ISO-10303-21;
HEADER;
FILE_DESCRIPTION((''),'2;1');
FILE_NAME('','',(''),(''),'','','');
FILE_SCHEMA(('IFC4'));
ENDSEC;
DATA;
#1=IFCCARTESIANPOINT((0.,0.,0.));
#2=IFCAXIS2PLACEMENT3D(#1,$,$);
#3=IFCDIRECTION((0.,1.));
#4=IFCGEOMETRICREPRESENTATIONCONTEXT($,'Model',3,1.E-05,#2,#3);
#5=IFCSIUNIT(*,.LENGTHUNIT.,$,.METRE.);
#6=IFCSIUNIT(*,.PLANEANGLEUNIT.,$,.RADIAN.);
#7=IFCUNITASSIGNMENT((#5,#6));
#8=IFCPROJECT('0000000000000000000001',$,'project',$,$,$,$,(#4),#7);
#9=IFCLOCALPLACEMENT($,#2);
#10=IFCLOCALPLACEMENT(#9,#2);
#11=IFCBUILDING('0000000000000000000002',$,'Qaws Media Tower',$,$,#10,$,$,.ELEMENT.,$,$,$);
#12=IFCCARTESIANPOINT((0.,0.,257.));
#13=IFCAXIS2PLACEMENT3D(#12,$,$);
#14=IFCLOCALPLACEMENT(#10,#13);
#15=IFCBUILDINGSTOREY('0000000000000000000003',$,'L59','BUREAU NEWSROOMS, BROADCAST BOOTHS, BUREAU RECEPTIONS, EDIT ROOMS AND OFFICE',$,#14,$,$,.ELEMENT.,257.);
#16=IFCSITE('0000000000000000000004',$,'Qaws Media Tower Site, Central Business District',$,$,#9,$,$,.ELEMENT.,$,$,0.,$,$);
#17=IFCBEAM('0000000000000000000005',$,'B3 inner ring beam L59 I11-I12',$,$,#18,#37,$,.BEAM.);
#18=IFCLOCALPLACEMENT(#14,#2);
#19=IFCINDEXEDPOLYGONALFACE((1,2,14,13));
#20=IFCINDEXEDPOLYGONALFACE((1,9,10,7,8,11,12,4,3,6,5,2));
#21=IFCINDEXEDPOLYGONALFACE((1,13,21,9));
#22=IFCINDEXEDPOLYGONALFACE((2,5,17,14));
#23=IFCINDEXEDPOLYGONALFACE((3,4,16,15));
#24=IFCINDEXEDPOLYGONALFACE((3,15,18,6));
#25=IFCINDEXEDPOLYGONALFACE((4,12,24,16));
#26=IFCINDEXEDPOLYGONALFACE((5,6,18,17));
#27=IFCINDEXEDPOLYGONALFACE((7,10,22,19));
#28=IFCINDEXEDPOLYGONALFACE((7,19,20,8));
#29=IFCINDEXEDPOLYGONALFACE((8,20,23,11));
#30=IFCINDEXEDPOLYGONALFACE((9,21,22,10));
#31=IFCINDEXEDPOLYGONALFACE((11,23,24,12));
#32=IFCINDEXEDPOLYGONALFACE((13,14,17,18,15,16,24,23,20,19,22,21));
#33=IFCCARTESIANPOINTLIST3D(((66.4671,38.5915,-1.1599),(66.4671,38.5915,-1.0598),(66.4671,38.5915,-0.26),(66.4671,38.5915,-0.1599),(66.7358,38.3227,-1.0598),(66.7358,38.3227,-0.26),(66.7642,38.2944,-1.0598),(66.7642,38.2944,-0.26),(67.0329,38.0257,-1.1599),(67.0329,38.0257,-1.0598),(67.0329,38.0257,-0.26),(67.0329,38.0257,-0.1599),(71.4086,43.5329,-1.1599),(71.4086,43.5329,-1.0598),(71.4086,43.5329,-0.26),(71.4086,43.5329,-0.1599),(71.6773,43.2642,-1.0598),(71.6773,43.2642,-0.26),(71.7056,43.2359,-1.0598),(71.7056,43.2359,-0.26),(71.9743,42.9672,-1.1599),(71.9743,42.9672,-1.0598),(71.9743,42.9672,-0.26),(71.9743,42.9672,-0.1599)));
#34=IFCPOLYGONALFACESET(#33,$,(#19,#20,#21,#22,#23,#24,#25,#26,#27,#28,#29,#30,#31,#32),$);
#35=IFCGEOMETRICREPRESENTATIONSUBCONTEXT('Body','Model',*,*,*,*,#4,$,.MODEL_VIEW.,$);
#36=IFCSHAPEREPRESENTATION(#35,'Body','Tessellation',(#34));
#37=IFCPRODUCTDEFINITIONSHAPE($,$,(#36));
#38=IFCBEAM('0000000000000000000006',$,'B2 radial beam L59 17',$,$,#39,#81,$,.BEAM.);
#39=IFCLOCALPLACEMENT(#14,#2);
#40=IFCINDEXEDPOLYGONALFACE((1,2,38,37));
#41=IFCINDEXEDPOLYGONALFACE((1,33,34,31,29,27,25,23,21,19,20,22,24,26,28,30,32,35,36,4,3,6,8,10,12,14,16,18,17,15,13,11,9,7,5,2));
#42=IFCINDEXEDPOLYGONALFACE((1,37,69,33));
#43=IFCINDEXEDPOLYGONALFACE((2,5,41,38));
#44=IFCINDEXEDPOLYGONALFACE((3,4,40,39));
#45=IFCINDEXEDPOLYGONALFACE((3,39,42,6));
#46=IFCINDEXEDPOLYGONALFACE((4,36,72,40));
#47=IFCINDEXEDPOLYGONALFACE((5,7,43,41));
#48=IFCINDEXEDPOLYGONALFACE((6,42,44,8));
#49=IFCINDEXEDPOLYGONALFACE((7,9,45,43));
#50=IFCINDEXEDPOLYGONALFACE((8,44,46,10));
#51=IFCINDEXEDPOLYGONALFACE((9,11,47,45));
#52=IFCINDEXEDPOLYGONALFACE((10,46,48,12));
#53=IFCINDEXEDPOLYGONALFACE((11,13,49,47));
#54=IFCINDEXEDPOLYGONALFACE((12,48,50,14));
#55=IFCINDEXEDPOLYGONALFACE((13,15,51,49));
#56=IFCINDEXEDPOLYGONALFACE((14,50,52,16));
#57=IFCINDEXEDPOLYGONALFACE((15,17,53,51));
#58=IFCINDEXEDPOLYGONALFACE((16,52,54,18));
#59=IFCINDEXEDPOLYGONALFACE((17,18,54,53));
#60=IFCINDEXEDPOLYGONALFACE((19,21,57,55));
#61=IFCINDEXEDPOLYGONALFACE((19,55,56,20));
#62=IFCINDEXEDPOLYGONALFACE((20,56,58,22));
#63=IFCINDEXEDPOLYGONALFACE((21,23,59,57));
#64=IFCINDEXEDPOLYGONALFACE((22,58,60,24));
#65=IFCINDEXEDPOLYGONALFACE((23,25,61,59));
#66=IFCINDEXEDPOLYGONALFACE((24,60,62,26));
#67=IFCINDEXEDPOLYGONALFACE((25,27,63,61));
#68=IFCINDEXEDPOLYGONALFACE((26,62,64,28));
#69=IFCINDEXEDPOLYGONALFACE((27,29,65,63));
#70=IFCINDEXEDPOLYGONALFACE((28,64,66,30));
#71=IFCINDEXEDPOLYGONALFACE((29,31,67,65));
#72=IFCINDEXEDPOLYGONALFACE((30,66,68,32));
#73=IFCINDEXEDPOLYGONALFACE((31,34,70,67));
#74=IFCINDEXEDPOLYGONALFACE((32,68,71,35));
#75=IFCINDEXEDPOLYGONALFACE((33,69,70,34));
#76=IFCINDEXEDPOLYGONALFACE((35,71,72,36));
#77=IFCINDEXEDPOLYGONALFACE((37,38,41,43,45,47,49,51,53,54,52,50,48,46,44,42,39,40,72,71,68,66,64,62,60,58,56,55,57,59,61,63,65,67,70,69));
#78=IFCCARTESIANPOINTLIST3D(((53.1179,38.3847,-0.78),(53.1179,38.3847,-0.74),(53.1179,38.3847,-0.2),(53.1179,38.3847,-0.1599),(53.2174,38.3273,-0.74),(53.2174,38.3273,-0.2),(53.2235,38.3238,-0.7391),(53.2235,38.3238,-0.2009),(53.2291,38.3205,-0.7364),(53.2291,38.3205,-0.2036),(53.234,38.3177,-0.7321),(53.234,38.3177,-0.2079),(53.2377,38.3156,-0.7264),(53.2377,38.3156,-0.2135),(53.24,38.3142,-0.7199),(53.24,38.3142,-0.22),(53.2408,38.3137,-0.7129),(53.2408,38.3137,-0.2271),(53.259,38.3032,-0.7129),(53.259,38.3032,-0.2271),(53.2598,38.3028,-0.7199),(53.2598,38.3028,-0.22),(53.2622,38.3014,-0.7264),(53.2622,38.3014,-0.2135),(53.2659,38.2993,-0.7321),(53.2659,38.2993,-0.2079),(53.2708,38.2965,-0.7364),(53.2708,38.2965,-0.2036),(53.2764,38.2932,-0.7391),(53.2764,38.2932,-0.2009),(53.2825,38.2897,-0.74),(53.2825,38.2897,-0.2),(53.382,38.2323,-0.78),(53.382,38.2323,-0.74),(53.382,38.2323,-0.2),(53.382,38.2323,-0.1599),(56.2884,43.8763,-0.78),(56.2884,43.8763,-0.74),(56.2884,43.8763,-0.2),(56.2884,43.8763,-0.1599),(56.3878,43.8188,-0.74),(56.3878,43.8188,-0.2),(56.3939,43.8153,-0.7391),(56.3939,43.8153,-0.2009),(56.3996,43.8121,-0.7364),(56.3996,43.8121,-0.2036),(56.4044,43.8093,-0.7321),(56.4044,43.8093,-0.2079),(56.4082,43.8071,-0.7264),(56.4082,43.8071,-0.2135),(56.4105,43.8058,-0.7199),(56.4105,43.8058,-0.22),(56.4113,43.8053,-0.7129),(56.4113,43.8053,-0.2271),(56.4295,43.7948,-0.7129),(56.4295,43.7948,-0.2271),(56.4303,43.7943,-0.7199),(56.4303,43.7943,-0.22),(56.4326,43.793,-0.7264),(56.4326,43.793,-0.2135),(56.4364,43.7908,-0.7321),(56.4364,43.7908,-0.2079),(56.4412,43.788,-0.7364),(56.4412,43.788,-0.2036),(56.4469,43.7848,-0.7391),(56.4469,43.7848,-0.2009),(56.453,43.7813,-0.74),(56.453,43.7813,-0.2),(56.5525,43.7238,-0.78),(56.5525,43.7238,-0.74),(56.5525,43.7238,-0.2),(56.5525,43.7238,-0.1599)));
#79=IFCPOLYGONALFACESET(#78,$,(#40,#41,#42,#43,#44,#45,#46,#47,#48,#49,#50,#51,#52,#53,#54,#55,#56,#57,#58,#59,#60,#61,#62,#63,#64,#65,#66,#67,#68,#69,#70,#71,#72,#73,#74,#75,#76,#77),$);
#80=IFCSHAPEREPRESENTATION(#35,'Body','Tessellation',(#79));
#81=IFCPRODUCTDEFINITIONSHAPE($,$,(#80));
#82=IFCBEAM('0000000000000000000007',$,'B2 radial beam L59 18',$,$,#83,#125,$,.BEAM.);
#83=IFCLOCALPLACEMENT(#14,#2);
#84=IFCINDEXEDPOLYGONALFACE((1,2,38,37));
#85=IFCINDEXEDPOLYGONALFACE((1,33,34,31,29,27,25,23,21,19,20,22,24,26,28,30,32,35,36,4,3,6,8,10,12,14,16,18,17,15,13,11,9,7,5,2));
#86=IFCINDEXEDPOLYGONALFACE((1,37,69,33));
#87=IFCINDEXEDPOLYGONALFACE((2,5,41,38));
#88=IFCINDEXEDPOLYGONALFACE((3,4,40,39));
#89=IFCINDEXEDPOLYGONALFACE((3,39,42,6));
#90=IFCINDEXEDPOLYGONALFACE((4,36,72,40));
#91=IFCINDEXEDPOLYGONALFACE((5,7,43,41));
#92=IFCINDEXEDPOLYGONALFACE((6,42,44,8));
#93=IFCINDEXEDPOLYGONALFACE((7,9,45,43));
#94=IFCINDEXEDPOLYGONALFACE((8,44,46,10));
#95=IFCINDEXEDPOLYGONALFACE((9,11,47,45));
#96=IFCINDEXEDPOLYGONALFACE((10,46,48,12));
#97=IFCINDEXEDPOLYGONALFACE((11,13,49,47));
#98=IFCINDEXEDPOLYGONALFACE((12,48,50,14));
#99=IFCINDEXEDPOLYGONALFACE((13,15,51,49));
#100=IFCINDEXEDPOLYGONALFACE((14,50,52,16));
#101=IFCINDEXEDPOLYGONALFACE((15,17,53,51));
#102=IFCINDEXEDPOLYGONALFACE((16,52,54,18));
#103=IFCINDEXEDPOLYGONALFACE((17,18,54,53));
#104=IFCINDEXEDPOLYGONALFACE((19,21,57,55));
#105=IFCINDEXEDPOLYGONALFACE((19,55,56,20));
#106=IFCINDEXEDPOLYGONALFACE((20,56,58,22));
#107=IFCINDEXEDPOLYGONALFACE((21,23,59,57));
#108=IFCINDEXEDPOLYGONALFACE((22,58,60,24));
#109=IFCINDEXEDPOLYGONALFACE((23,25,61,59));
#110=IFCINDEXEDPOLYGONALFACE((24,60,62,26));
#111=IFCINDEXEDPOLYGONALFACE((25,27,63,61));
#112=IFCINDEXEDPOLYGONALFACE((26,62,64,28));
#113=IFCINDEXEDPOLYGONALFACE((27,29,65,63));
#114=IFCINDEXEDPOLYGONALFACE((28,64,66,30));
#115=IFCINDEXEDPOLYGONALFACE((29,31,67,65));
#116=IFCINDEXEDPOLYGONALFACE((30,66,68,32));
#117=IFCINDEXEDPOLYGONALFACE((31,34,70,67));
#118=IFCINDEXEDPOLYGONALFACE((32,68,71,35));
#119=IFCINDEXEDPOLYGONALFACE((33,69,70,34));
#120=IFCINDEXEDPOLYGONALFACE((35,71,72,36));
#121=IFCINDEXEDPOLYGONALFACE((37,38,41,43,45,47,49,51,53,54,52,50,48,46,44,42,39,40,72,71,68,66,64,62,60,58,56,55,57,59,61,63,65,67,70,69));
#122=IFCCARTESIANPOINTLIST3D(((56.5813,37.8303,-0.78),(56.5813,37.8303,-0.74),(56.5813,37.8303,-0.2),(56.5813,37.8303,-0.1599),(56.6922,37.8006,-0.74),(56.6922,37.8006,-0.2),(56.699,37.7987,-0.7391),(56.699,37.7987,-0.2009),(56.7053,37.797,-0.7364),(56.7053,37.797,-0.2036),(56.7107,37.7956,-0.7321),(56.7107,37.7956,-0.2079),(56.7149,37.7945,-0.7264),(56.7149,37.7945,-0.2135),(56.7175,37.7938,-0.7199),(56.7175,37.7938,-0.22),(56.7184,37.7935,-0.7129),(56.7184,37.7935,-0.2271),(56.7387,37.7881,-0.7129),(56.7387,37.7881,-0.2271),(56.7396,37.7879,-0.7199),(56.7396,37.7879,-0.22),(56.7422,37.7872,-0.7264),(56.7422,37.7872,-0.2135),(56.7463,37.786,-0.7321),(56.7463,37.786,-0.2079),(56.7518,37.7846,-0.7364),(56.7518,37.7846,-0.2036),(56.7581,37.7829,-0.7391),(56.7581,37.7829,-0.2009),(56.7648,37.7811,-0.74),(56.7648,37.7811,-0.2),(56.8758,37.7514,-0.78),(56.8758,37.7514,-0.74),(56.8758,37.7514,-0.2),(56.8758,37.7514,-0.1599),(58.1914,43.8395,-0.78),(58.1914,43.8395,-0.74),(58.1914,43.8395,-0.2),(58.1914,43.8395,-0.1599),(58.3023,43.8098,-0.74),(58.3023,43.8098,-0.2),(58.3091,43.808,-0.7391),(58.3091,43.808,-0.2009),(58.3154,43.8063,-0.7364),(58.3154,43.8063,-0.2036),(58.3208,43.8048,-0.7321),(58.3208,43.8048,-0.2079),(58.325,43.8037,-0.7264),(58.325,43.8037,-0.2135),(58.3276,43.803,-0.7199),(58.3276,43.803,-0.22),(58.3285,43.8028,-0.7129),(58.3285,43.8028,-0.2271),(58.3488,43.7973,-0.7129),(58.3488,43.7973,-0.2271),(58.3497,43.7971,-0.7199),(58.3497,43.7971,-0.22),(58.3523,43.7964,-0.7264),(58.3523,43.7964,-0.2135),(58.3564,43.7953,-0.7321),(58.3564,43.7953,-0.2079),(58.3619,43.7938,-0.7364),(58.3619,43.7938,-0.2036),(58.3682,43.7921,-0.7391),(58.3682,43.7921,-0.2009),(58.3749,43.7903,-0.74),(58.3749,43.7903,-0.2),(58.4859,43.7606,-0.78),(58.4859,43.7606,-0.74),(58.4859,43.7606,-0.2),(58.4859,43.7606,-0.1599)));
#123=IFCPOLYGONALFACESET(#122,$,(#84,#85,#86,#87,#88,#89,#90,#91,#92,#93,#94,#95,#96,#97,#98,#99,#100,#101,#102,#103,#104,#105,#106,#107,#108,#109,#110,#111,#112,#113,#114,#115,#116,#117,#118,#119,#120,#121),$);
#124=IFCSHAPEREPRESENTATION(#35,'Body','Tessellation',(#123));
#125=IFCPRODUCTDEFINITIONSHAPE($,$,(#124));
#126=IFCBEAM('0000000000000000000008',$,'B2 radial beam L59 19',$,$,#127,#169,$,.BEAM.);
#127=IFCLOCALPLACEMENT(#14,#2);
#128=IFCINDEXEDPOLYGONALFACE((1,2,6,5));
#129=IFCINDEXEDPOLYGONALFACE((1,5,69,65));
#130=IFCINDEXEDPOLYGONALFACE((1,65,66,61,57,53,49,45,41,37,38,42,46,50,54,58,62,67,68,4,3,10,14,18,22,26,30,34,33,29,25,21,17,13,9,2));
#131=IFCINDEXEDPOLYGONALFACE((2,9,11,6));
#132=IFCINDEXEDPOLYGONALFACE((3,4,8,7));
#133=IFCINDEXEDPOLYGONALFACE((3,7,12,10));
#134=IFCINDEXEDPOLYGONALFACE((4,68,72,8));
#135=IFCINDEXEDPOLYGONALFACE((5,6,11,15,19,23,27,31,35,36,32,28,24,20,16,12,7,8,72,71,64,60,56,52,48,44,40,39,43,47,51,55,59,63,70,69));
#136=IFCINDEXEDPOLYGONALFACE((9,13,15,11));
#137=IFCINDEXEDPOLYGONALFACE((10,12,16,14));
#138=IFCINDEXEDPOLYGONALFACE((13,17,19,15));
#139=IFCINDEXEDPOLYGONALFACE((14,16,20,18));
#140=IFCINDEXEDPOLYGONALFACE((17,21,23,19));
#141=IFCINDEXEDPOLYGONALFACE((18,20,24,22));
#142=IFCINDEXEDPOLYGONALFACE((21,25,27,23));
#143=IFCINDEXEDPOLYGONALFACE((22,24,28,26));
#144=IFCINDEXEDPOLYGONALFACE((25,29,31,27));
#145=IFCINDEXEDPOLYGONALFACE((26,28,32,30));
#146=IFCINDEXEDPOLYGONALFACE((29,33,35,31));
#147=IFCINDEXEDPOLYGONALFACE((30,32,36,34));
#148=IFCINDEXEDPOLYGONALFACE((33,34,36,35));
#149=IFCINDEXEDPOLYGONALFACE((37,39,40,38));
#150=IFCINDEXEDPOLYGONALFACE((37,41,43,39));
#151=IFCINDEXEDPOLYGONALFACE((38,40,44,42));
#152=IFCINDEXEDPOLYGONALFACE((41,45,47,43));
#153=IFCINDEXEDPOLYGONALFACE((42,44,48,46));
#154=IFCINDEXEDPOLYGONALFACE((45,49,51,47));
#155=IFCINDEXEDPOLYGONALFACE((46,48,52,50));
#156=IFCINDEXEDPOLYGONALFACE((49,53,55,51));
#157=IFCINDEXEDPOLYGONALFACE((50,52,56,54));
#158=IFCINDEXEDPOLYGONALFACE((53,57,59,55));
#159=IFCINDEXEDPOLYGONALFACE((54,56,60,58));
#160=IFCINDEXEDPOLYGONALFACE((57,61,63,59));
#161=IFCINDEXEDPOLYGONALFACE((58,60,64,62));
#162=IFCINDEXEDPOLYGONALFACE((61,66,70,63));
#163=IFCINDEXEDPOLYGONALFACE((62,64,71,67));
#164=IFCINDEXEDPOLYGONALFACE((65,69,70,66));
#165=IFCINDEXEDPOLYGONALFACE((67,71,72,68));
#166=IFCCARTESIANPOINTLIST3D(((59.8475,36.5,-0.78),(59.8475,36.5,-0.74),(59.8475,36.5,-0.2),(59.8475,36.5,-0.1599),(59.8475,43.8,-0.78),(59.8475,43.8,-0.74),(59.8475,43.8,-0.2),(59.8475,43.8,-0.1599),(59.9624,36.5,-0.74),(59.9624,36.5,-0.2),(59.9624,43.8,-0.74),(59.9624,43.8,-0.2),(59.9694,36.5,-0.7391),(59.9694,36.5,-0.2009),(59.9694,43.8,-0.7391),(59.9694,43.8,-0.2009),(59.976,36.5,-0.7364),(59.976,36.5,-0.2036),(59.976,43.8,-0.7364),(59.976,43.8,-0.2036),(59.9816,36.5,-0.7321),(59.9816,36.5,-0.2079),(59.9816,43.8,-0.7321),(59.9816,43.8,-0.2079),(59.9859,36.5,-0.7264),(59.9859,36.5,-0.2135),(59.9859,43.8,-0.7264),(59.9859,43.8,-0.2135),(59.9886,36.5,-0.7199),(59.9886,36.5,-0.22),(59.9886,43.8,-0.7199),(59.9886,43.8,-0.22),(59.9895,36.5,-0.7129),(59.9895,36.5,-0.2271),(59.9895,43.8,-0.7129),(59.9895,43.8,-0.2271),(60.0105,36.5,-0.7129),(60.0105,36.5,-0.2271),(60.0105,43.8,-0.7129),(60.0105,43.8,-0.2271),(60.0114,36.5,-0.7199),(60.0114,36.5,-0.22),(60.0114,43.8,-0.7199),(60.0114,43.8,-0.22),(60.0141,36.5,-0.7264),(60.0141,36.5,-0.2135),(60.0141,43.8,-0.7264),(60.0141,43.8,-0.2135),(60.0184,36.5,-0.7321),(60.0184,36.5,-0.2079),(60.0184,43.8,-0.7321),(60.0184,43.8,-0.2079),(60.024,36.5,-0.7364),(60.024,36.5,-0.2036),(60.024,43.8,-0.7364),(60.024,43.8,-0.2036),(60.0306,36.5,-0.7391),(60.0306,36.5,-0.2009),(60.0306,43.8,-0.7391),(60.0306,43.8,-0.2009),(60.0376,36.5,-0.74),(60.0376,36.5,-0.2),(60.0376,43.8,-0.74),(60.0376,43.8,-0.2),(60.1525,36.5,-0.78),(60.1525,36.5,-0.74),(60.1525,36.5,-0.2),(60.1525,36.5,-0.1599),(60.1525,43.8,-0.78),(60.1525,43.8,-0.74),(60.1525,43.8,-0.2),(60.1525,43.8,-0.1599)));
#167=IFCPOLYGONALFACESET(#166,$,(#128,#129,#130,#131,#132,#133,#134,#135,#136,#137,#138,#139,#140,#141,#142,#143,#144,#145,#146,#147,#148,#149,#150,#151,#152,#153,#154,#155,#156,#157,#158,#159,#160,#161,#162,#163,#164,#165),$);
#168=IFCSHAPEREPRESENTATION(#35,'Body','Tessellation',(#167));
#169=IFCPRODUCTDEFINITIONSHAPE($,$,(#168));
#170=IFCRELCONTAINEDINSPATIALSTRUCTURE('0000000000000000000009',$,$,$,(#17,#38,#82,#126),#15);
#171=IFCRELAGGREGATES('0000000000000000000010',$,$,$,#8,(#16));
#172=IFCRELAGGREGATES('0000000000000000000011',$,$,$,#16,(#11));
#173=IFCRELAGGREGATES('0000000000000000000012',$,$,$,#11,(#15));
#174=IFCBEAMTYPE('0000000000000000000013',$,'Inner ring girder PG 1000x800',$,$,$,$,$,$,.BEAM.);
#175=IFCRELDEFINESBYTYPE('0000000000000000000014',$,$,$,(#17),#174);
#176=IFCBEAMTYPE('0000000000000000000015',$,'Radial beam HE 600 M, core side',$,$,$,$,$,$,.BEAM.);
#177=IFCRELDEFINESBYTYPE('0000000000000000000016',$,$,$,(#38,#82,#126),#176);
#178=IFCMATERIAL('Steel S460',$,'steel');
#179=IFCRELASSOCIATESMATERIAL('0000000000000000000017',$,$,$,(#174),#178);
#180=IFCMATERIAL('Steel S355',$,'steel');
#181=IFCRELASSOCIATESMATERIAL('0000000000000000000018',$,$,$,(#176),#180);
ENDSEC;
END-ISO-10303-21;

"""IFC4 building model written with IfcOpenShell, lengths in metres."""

from ifc_helpers import new_model, si_unit, direction, frame, origin, origin_2d, place, context, subcontext, project, spatial, i_section, extrude, material, material_profile, profile_set, type_object, element, save


model = new_model("IFC4")

# Units and contexts
model_context = context("Model", 3, precision=1e-05, world=origin(), true_north=direction((0.0, 1.0)))
body_context = subcontext(model_context, "Body", "Model", "MODEL_VIEW")
ifc_project = project(units=[si_unit("LENGTHUNIT", "METRE"), si_unit("PLANEANGLEUNIT", "RADIAN")], contexts=[model_context])

# Site, building, storey
site_placement = place(None, origin())
site = spatial("IfcSite", under=ifc_project, at=site_placement, Name="Qaws Media Tower Site, Central Business District", CompositionType="ELEMENT", RefElevation=0.0)
building_placement = place(site_placement, origin())
building = spatial("IfcBuilding", under=site, at=building_placement, Name="Qaws Media Tower", CompositionType="ELEMENT")
storey_placement = place(building_placement, frame((0.0, 0.0, 257.0)))
storey = spatial("IfcBuildingStorey", under=building, at=storey_placement, Name="L59", Description="BUREAU NEWSROOMS, BROADCAST BOOTHS, BUREAU RECEPTIONS, EDIT ROOMS AND OFFICE", CompositionType="ELEMENT", Elevation=257.0)

# Beams
ifc_material_1 = material(Name="Steel S460", Category="steel")
ifc_material_profile_1 = material_profile(ifc_material_1, i_section(OverallWidth=0.8, OverallDepth=1.0, WebThickness=0.04, FlangeThickness=0.1001, at=origin_2d()), Name="PG 1000x800")
ifc_profile_set_1 = profile_set([ifc_material_profile_1], Name="Steel S460")
beam_type_1 = type_object("IfcBeamType", Name="Inner ring girder PG 1000x800", PredefinedType="BEAM", material=ifc_profile_set_1)
beam_1_placement = place(storey_placement, frame((66.75, 38.3086, -0.6599), z_axis=(0.707107, 0.707107, 0.0), x_axis=(-0.707107, 0.707107, 0.0)))
element("IfcBeam", 1, at=beam_1_placement, inside=storey, type_object=beam_type_1, Name="B3 inner ring beam L59 I11-I12", PredefinedType="BEAM", context=body_context, shape_type="SweptSolid", body=[
    extrude(i_section(OverallWidth=0.8, OverallDepth=1.0, WebThickness=0.04, FlangeThickness=0.1001, at=origin_2d()), origin(), (0.0, 0.0, 1.0), 6.9883),
])
ifc_material_2 = material(Name="Steel S355", Category="steel")
ifc_material_profile_2 = material_profile(ifc_material_2, i_section(OverallWidth=0.3049, OverallDepth=0.6201, WebThickness=0.021, FlangeThickness=0.04, FilletRadius=0.0271, at=origin_2d()), Name="HE 600 M")
ifc_profile_set_2 = profile_set([ifc_material_profile_2], Name="Steel S355")
beam_type_2 = type_object("IfcBeamType", Name="Radial beam HE 600 M, core side", PredefinedType="BEAM", material=ifc_profile_set_2)
beam_2_placement = place(storey_placement, frame((56.4204, 43.8, -0.47), z_axis=(-0.49999, -0.866031, 0.0), x_axis=(0.866031, -0.49999, 0.0)))
element("IfcBeam", 2, at=beam_2_placement, inside=storey, type_object=beam_type_2, Name="B2 radial beam L59 17", PredefinedType="BEAM", context=body_context, shape_type="SweptSolid", body=[
    extrude(i_section(OverallWidth=0.3049, OverallDepth=0.6201, WebThickness=0.021, FlangeThickness=0.04, FilletRadius=0.0271, at=origin_2d()), origin(), (0.0, 0.0, 1.0), 6.3411),
])
beam_3_placement = place(storey_placement, frame((58.3386, 43.8, -0.47), z_axis=(-0.258808, -0.965929, 0.0), x_axis=(0.965929, -0.258808, 0.0)))
element("IfcBeam", 3, at=beam_3_placement, inside=storey, type_object=beam_type_2, Name="B2 radial beam L59 18", PredefinedType="BEAM", context=body_context, shape_type="SweptSolid", body=[
    extrude(i_section(OverallWidth=0.3049, OverallDepth=0.6201, WebThickness=0.021, FlangeThickness=0.04, FilletRadius=0.0271, at=origin_2d()), origin(), (0.0, 0.0, 1.0), 6.2212),
])
beam_4_placement = place(storey_placement, frame((60.0, 43.8, -0.47), z_axis=(0.0, -1.0, 0.0), x_axis=(1.0, 0.0, 0.0)))
element("IfcBeam", 4, at=beam_4_placement, inside=storey, type_object=beam_type_2, Name="B2 radial beam L59 19", PredefinedType="BEAM", context=body_context, shape_type="SweptSolid", body=[
    extrude(i_section(OverallWidth=0.3049, OverallDepth=0.6201, WebThickness=0.021, FlangeThickness=0.04, FilletRadius=0.0271, at=origin_2d()), origin(), (0.0, 0.0, 1.0), 7.3),
])

save(model, "model.ifc")
